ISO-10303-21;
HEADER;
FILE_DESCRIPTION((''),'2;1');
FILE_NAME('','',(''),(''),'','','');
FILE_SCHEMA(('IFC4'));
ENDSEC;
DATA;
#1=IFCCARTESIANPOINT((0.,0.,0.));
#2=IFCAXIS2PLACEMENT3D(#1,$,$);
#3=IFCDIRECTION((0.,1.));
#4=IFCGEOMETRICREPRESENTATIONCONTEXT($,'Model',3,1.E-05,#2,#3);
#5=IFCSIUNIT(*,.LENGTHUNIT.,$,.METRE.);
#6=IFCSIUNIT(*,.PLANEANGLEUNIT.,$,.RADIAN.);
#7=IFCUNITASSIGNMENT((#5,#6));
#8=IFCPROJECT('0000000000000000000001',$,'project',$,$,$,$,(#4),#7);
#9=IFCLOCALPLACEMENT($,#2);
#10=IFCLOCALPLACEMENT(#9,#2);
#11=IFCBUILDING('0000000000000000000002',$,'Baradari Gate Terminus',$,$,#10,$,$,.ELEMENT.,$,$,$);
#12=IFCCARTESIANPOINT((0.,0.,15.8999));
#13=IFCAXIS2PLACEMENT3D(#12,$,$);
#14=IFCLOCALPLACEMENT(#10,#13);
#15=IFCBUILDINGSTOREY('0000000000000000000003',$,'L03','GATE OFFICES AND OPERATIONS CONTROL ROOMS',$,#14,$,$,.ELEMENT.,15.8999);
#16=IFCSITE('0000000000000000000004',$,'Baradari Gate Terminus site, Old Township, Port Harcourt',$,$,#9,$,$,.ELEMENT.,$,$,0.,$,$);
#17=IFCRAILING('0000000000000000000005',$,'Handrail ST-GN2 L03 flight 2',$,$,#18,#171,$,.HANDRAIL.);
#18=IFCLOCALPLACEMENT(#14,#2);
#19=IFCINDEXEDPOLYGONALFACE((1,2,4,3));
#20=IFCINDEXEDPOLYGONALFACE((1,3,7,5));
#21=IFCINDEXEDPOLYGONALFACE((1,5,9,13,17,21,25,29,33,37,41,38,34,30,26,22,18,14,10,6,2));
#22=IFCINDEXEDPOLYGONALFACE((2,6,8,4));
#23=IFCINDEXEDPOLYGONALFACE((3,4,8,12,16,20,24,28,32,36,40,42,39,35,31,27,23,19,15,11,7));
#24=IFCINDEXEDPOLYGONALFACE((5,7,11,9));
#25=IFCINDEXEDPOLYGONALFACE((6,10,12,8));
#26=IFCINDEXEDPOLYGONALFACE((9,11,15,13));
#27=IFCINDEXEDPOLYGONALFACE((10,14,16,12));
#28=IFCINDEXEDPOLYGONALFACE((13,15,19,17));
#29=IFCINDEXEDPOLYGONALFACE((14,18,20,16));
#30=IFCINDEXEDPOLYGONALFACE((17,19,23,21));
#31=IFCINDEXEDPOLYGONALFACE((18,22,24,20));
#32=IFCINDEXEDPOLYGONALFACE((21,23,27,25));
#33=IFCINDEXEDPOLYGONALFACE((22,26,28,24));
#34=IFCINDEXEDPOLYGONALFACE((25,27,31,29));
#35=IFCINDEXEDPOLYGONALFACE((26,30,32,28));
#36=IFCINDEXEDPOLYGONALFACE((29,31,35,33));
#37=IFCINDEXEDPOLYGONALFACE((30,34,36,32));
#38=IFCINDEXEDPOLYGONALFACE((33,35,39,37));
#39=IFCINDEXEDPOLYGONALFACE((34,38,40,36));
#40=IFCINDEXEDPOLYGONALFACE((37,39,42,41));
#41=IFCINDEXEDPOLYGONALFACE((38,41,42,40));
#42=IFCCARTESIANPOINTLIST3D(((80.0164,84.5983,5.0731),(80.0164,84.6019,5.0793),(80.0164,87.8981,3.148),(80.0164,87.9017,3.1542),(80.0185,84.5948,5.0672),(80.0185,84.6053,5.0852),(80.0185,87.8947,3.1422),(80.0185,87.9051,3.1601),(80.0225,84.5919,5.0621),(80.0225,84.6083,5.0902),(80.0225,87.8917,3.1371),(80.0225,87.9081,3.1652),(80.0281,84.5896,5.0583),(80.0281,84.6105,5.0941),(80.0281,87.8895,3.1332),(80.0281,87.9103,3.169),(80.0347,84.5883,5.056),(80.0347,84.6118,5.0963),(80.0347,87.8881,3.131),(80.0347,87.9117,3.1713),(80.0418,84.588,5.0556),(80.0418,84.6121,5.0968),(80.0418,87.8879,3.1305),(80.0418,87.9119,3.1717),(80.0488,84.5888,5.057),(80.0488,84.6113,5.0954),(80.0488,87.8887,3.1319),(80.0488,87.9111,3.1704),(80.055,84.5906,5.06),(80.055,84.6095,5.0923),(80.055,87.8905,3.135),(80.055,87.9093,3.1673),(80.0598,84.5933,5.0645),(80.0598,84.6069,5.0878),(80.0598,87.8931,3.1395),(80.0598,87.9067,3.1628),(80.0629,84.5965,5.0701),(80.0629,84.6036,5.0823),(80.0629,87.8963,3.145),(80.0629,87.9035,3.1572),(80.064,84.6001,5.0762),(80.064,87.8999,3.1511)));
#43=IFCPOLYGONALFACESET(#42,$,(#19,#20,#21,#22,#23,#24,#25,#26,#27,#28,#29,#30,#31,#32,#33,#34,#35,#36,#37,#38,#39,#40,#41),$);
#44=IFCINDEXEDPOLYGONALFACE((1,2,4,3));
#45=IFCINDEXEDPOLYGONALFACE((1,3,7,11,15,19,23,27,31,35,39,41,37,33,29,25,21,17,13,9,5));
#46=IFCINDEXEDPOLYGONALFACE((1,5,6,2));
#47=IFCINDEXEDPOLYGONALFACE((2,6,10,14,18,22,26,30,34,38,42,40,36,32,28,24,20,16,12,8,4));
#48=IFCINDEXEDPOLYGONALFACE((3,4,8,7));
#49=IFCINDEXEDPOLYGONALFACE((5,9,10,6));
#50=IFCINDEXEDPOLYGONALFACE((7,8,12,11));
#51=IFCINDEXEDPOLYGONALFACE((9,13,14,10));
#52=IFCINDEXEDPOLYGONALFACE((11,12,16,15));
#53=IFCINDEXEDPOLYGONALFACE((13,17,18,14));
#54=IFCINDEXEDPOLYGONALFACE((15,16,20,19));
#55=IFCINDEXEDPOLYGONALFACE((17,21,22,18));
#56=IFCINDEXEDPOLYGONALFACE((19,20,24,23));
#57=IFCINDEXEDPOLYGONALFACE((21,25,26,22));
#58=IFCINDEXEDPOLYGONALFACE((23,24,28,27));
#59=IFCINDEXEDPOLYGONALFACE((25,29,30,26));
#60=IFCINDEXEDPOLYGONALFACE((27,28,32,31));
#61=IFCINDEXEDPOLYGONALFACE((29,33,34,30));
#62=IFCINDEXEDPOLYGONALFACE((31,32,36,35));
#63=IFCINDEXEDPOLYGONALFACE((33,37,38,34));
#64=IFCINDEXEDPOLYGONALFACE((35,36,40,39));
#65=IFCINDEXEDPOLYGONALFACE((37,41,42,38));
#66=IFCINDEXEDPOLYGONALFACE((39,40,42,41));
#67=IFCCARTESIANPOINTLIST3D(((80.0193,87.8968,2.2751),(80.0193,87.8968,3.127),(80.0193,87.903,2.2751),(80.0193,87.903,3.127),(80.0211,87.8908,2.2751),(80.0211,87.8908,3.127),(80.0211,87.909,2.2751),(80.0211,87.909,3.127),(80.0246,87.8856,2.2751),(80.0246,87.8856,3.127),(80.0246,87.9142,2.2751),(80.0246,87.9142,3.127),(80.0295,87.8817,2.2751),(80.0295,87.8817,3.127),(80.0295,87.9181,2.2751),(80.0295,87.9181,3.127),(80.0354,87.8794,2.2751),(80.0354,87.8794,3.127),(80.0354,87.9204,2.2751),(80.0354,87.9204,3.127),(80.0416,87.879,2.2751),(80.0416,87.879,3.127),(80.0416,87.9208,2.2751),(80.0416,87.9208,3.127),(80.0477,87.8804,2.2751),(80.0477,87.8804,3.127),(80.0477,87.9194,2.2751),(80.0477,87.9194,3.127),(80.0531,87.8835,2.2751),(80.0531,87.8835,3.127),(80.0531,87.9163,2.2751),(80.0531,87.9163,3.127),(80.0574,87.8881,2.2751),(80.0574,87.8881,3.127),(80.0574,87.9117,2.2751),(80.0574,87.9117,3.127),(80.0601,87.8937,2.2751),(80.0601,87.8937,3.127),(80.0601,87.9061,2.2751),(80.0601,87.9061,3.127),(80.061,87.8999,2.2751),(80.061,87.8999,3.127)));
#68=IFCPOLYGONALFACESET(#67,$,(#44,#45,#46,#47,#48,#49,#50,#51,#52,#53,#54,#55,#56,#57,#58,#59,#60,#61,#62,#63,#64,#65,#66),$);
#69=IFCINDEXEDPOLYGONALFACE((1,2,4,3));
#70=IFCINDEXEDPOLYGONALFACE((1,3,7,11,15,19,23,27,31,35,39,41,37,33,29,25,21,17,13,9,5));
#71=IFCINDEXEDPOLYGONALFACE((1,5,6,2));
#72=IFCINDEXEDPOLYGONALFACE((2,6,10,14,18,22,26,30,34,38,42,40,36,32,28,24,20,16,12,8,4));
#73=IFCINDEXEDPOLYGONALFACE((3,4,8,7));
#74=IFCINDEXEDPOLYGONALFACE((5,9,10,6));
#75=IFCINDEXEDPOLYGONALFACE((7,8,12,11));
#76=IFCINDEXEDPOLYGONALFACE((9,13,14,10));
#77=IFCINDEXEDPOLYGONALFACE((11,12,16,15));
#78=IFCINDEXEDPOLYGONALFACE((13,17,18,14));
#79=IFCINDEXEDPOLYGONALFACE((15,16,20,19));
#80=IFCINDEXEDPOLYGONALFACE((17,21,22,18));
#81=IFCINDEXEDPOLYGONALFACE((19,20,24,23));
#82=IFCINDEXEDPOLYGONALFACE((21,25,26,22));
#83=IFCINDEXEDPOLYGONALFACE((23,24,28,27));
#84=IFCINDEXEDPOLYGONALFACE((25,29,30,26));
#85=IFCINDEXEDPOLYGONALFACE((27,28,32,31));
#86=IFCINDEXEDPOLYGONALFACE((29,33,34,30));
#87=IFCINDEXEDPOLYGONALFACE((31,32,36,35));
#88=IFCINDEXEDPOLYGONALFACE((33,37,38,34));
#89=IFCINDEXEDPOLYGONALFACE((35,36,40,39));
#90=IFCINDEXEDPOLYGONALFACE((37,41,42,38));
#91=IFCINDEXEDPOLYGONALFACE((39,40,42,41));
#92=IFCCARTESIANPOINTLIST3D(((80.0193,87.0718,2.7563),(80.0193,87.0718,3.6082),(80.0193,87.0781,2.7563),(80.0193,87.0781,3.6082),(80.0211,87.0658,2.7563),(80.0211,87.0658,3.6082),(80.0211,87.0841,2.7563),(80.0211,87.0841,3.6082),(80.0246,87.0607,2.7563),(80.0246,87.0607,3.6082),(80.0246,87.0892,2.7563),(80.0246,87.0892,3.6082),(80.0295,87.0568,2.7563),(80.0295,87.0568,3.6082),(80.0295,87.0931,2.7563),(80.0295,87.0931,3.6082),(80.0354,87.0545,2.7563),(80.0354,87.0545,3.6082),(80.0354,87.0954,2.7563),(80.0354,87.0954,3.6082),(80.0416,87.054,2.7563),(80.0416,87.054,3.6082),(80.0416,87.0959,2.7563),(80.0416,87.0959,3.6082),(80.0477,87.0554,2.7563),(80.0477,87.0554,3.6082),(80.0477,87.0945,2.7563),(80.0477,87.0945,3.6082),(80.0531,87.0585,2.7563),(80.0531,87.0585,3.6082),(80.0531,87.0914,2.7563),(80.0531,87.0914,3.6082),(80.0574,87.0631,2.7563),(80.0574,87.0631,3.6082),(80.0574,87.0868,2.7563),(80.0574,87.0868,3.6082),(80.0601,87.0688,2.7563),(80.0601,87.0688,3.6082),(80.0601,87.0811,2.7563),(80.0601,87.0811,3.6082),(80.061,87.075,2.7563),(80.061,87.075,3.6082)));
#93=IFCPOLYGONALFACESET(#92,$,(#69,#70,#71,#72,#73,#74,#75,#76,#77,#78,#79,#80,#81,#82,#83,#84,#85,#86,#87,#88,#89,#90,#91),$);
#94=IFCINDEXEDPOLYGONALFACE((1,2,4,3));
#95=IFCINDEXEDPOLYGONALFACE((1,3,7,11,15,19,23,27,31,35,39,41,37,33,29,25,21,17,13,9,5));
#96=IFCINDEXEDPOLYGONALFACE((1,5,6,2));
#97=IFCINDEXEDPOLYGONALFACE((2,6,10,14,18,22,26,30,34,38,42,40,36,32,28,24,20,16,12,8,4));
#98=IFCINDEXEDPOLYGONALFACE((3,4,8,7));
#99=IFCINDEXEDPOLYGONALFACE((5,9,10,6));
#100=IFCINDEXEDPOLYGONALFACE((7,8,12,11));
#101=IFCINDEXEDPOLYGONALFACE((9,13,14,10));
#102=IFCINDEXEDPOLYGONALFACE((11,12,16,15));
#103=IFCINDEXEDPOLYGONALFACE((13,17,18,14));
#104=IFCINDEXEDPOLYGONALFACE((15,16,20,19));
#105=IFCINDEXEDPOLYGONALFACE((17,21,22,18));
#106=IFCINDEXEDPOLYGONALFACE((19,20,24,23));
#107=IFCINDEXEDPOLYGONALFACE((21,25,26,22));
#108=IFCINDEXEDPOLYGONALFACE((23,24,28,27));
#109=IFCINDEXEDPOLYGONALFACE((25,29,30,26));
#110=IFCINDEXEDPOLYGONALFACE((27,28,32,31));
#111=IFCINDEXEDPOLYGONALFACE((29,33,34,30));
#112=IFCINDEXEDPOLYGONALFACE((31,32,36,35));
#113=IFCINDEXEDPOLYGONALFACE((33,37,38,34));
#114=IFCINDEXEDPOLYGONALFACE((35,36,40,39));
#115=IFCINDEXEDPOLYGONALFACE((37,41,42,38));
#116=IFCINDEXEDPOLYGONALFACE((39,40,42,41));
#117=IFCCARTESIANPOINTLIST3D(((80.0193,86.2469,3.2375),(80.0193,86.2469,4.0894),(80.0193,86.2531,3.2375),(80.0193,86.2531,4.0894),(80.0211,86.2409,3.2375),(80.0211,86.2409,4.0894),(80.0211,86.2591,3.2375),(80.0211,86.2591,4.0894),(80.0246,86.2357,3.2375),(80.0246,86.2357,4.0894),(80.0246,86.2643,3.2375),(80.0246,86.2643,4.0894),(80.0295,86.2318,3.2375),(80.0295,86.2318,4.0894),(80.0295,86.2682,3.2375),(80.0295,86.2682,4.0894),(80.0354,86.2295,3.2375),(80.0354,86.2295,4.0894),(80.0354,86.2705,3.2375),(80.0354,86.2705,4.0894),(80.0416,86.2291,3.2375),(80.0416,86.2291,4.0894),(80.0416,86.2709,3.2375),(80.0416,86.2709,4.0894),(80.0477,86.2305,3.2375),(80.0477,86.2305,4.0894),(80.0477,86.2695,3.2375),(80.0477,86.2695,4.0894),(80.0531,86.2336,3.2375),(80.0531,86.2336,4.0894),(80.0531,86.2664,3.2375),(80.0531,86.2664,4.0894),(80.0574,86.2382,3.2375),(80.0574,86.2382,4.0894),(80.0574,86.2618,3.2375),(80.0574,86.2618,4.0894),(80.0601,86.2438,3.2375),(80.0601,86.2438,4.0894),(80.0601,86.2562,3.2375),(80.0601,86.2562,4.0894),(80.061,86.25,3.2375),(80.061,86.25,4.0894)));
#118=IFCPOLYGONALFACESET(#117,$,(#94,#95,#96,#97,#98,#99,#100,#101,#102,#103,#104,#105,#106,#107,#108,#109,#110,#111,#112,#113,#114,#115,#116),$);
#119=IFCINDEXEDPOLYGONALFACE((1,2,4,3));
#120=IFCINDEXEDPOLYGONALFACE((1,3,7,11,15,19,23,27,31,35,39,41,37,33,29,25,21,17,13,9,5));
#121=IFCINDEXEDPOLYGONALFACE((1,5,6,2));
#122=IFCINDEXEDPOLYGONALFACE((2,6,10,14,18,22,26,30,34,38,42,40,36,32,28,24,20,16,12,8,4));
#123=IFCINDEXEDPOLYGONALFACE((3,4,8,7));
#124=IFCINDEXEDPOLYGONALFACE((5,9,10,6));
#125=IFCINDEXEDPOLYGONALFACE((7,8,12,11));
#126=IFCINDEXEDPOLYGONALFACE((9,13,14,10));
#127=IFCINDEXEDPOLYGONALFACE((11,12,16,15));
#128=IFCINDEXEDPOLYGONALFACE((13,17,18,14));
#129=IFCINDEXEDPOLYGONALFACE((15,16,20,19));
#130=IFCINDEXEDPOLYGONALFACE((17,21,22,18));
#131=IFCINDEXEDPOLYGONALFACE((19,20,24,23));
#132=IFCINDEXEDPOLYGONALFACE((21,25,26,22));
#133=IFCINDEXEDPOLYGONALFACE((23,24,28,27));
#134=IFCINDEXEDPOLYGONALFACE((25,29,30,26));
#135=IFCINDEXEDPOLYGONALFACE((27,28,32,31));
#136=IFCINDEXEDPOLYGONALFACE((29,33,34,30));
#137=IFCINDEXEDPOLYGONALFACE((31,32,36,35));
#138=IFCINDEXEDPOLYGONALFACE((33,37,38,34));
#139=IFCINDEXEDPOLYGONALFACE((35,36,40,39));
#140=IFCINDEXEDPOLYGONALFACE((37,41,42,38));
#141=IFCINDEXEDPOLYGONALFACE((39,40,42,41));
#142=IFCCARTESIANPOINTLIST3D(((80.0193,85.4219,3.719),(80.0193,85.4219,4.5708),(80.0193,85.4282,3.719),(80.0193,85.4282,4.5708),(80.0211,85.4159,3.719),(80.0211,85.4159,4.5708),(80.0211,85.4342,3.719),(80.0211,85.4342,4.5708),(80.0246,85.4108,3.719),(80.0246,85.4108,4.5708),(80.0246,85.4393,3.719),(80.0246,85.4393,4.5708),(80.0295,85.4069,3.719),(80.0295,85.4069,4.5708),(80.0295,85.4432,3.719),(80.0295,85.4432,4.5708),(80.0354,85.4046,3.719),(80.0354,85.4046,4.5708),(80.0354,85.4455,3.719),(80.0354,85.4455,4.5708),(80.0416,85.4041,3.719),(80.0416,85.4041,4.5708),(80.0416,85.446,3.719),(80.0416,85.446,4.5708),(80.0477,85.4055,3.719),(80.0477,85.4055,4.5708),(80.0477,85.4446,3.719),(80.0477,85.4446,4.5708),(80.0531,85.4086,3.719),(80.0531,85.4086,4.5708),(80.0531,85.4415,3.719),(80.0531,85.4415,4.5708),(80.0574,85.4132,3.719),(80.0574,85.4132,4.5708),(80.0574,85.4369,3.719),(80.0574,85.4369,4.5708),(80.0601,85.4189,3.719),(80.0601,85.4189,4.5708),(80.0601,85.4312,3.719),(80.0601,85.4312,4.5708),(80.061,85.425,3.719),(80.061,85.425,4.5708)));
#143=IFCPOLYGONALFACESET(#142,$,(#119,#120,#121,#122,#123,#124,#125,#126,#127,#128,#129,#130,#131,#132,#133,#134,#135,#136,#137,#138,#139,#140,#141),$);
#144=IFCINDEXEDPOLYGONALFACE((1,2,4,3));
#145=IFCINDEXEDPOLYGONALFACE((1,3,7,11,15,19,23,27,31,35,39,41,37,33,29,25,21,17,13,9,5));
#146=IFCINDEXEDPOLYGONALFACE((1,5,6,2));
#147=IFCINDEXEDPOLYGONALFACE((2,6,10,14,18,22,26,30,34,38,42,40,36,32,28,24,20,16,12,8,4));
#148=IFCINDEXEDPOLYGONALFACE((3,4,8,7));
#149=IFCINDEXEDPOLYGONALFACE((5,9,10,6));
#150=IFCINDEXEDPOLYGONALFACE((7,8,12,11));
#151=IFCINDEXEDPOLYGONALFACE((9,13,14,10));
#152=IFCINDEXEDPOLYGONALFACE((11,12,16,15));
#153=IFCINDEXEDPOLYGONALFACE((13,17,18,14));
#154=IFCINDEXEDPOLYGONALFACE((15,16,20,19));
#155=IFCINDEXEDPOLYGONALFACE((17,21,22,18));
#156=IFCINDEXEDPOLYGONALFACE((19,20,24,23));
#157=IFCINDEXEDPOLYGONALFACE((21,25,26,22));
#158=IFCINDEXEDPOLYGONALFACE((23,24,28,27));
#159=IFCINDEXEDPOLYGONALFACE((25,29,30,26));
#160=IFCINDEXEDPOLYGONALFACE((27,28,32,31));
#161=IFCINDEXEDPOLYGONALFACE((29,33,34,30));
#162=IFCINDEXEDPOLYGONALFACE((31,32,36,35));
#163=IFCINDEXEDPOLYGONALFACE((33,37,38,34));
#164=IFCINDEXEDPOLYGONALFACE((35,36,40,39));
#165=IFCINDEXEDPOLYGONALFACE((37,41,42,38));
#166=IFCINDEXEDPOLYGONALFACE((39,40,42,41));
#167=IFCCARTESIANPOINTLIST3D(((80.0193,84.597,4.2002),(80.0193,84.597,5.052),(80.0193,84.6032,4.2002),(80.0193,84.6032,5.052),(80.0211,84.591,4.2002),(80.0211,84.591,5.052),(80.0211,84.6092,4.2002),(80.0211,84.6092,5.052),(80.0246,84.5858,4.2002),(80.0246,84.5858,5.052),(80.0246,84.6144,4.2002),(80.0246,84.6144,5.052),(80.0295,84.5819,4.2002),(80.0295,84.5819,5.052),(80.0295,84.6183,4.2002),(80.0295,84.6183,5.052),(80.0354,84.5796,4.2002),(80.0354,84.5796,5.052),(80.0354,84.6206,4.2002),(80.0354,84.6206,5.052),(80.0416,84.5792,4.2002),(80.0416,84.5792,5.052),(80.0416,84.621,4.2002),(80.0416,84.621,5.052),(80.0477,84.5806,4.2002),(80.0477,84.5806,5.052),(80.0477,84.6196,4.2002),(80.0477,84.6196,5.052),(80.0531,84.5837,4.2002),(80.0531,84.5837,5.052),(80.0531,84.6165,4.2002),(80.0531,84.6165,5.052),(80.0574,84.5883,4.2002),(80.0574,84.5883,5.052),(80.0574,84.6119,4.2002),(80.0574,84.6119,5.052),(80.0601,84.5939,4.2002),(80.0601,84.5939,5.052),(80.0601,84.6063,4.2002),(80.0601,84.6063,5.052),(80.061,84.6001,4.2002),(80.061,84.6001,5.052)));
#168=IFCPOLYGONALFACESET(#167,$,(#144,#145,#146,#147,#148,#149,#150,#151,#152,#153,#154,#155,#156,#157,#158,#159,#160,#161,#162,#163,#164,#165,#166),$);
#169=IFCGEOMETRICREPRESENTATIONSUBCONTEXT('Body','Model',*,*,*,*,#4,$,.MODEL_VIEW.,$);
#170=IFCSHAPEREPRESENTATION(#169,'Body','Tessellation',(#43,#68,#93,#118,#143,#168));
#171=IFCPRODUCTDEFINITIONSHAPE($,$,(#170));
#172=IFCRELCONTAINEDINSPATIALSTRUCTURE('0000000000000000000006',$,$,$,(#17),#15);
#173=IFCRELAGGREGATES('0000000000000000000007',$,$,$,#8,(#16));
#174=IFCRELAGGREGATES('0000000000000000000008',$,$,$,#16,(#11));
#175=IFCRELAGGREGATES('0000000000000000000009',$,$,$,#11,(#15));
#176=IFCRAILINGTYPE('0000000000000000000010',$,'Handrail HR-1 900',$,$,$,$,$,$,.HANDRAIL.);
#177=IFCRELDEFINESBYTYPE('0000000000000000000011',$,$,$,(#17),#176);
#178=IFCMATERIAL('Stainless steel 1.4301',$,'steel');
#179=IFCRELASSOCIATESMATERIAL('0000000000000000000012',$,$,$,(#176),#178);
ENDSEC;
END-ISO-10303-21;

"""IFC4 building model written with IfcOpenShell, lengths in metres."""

from ifc_helpers import new_model, si_unit, direction, frame, origin, origin_2d, place, context, subcontext, project, spatial, circle, extrude, material, type_object, element, save


model = new_model("IFC4")

# Units and contexts
model_context = context("Model", 3, precision=1e-05, world=origin(), true_north=direction((0.0, 1.0)))
body_context = subcontext(model_context, "Body", "Model", "MODEL_VIEW")
ifc_project = project(units=[si_unit("LENGTHUNIT", "METRE"), si_unit("PLANEANGLEUNIT", "RADIAN")], contexts=[model_context])

# Site, building, storey
site_placement = place(None, origin())
site = spatial("IfcSite", under=ifc_project, at=site_placement, Name="Baradari Gate Terminus site, Old Township, Port Harcourt", CompositionType="ELEMENT", RefElevation=0.0)
building_placement = place(site_placement, origin())
building = spatial("IfcBuilding", under=site, at=building_placement, Name="Baradari Gate Terminus", CompositionType="ELEMENT")
storey_placement = place(building_placement, frame((0.0, 0.0, 15.8999)))
storey = spatial("IfcBuildingStorey", under=building, at=storey_placement, Name="L03", Description="GATE OFFICES AND OPERATIONS CONTROL ROOMS", CompositionType="ELEMENT", Elevation=15.8999)

# Railing
ifc_material_1 = material(Name="Stainless steel 1.4301", Category="steel")
railing_type = type_object("IfcRailingType", Name="Handrail HR-1 900", PredefinedType="HANDRAIL", material=ifc_material_1)
for number, where, name in (
    (1, (80.04, 87.8999, 2.2751), "Handrail ST-GN2 L03 flight 2"),
):
    element("IfcRailing", number, at=place(storey_placement, frame(where)), inside=storey, type_object=railing_type, Name=name, PredefinedType="HANDRAIL", context=body_context, shape_type="SweptSolid", body=[
        extrude(circle(Radius=0.0239, at=origin_2d()), frame((0.0, 0.0, 0.876), z_axis=(0.0, -0.86376, 0.503903), x_axis=(1.0, 0.0, 0.0)), (0.0, 0.0, 1.0), 3.8203),
        extrude(circle(Radius=0.021, at=origin_2d()), origin(), (0.0, 0.0, 1.0), 0.8518),
        extrude(circle(Radius=0.021, at=origin_2d()), frame((0.0, -0.825, 0.4812)), (0.0, 0.0, 1.0), 0.8518),
        extrude(circle(Radius=0.021, at=origin_2d()), frame((0.0, -1.6499, 0.9624)), (0.0, 0.0, 1.0), 0.8518),
        extrude(circle(Radius=0.021, at=origin_2d()), frame((0.0, -2.4749, 1.4438)), (0.0, 0.0, 1.0), 0.8518),
        extrude(circle(Radius=0.021, at=origin_2d()), frame((0.0, -3.2998, 1.925)), (0.0, 0.0, 1.0), 0.8518),
    ])

save(model, "model.ifc")
